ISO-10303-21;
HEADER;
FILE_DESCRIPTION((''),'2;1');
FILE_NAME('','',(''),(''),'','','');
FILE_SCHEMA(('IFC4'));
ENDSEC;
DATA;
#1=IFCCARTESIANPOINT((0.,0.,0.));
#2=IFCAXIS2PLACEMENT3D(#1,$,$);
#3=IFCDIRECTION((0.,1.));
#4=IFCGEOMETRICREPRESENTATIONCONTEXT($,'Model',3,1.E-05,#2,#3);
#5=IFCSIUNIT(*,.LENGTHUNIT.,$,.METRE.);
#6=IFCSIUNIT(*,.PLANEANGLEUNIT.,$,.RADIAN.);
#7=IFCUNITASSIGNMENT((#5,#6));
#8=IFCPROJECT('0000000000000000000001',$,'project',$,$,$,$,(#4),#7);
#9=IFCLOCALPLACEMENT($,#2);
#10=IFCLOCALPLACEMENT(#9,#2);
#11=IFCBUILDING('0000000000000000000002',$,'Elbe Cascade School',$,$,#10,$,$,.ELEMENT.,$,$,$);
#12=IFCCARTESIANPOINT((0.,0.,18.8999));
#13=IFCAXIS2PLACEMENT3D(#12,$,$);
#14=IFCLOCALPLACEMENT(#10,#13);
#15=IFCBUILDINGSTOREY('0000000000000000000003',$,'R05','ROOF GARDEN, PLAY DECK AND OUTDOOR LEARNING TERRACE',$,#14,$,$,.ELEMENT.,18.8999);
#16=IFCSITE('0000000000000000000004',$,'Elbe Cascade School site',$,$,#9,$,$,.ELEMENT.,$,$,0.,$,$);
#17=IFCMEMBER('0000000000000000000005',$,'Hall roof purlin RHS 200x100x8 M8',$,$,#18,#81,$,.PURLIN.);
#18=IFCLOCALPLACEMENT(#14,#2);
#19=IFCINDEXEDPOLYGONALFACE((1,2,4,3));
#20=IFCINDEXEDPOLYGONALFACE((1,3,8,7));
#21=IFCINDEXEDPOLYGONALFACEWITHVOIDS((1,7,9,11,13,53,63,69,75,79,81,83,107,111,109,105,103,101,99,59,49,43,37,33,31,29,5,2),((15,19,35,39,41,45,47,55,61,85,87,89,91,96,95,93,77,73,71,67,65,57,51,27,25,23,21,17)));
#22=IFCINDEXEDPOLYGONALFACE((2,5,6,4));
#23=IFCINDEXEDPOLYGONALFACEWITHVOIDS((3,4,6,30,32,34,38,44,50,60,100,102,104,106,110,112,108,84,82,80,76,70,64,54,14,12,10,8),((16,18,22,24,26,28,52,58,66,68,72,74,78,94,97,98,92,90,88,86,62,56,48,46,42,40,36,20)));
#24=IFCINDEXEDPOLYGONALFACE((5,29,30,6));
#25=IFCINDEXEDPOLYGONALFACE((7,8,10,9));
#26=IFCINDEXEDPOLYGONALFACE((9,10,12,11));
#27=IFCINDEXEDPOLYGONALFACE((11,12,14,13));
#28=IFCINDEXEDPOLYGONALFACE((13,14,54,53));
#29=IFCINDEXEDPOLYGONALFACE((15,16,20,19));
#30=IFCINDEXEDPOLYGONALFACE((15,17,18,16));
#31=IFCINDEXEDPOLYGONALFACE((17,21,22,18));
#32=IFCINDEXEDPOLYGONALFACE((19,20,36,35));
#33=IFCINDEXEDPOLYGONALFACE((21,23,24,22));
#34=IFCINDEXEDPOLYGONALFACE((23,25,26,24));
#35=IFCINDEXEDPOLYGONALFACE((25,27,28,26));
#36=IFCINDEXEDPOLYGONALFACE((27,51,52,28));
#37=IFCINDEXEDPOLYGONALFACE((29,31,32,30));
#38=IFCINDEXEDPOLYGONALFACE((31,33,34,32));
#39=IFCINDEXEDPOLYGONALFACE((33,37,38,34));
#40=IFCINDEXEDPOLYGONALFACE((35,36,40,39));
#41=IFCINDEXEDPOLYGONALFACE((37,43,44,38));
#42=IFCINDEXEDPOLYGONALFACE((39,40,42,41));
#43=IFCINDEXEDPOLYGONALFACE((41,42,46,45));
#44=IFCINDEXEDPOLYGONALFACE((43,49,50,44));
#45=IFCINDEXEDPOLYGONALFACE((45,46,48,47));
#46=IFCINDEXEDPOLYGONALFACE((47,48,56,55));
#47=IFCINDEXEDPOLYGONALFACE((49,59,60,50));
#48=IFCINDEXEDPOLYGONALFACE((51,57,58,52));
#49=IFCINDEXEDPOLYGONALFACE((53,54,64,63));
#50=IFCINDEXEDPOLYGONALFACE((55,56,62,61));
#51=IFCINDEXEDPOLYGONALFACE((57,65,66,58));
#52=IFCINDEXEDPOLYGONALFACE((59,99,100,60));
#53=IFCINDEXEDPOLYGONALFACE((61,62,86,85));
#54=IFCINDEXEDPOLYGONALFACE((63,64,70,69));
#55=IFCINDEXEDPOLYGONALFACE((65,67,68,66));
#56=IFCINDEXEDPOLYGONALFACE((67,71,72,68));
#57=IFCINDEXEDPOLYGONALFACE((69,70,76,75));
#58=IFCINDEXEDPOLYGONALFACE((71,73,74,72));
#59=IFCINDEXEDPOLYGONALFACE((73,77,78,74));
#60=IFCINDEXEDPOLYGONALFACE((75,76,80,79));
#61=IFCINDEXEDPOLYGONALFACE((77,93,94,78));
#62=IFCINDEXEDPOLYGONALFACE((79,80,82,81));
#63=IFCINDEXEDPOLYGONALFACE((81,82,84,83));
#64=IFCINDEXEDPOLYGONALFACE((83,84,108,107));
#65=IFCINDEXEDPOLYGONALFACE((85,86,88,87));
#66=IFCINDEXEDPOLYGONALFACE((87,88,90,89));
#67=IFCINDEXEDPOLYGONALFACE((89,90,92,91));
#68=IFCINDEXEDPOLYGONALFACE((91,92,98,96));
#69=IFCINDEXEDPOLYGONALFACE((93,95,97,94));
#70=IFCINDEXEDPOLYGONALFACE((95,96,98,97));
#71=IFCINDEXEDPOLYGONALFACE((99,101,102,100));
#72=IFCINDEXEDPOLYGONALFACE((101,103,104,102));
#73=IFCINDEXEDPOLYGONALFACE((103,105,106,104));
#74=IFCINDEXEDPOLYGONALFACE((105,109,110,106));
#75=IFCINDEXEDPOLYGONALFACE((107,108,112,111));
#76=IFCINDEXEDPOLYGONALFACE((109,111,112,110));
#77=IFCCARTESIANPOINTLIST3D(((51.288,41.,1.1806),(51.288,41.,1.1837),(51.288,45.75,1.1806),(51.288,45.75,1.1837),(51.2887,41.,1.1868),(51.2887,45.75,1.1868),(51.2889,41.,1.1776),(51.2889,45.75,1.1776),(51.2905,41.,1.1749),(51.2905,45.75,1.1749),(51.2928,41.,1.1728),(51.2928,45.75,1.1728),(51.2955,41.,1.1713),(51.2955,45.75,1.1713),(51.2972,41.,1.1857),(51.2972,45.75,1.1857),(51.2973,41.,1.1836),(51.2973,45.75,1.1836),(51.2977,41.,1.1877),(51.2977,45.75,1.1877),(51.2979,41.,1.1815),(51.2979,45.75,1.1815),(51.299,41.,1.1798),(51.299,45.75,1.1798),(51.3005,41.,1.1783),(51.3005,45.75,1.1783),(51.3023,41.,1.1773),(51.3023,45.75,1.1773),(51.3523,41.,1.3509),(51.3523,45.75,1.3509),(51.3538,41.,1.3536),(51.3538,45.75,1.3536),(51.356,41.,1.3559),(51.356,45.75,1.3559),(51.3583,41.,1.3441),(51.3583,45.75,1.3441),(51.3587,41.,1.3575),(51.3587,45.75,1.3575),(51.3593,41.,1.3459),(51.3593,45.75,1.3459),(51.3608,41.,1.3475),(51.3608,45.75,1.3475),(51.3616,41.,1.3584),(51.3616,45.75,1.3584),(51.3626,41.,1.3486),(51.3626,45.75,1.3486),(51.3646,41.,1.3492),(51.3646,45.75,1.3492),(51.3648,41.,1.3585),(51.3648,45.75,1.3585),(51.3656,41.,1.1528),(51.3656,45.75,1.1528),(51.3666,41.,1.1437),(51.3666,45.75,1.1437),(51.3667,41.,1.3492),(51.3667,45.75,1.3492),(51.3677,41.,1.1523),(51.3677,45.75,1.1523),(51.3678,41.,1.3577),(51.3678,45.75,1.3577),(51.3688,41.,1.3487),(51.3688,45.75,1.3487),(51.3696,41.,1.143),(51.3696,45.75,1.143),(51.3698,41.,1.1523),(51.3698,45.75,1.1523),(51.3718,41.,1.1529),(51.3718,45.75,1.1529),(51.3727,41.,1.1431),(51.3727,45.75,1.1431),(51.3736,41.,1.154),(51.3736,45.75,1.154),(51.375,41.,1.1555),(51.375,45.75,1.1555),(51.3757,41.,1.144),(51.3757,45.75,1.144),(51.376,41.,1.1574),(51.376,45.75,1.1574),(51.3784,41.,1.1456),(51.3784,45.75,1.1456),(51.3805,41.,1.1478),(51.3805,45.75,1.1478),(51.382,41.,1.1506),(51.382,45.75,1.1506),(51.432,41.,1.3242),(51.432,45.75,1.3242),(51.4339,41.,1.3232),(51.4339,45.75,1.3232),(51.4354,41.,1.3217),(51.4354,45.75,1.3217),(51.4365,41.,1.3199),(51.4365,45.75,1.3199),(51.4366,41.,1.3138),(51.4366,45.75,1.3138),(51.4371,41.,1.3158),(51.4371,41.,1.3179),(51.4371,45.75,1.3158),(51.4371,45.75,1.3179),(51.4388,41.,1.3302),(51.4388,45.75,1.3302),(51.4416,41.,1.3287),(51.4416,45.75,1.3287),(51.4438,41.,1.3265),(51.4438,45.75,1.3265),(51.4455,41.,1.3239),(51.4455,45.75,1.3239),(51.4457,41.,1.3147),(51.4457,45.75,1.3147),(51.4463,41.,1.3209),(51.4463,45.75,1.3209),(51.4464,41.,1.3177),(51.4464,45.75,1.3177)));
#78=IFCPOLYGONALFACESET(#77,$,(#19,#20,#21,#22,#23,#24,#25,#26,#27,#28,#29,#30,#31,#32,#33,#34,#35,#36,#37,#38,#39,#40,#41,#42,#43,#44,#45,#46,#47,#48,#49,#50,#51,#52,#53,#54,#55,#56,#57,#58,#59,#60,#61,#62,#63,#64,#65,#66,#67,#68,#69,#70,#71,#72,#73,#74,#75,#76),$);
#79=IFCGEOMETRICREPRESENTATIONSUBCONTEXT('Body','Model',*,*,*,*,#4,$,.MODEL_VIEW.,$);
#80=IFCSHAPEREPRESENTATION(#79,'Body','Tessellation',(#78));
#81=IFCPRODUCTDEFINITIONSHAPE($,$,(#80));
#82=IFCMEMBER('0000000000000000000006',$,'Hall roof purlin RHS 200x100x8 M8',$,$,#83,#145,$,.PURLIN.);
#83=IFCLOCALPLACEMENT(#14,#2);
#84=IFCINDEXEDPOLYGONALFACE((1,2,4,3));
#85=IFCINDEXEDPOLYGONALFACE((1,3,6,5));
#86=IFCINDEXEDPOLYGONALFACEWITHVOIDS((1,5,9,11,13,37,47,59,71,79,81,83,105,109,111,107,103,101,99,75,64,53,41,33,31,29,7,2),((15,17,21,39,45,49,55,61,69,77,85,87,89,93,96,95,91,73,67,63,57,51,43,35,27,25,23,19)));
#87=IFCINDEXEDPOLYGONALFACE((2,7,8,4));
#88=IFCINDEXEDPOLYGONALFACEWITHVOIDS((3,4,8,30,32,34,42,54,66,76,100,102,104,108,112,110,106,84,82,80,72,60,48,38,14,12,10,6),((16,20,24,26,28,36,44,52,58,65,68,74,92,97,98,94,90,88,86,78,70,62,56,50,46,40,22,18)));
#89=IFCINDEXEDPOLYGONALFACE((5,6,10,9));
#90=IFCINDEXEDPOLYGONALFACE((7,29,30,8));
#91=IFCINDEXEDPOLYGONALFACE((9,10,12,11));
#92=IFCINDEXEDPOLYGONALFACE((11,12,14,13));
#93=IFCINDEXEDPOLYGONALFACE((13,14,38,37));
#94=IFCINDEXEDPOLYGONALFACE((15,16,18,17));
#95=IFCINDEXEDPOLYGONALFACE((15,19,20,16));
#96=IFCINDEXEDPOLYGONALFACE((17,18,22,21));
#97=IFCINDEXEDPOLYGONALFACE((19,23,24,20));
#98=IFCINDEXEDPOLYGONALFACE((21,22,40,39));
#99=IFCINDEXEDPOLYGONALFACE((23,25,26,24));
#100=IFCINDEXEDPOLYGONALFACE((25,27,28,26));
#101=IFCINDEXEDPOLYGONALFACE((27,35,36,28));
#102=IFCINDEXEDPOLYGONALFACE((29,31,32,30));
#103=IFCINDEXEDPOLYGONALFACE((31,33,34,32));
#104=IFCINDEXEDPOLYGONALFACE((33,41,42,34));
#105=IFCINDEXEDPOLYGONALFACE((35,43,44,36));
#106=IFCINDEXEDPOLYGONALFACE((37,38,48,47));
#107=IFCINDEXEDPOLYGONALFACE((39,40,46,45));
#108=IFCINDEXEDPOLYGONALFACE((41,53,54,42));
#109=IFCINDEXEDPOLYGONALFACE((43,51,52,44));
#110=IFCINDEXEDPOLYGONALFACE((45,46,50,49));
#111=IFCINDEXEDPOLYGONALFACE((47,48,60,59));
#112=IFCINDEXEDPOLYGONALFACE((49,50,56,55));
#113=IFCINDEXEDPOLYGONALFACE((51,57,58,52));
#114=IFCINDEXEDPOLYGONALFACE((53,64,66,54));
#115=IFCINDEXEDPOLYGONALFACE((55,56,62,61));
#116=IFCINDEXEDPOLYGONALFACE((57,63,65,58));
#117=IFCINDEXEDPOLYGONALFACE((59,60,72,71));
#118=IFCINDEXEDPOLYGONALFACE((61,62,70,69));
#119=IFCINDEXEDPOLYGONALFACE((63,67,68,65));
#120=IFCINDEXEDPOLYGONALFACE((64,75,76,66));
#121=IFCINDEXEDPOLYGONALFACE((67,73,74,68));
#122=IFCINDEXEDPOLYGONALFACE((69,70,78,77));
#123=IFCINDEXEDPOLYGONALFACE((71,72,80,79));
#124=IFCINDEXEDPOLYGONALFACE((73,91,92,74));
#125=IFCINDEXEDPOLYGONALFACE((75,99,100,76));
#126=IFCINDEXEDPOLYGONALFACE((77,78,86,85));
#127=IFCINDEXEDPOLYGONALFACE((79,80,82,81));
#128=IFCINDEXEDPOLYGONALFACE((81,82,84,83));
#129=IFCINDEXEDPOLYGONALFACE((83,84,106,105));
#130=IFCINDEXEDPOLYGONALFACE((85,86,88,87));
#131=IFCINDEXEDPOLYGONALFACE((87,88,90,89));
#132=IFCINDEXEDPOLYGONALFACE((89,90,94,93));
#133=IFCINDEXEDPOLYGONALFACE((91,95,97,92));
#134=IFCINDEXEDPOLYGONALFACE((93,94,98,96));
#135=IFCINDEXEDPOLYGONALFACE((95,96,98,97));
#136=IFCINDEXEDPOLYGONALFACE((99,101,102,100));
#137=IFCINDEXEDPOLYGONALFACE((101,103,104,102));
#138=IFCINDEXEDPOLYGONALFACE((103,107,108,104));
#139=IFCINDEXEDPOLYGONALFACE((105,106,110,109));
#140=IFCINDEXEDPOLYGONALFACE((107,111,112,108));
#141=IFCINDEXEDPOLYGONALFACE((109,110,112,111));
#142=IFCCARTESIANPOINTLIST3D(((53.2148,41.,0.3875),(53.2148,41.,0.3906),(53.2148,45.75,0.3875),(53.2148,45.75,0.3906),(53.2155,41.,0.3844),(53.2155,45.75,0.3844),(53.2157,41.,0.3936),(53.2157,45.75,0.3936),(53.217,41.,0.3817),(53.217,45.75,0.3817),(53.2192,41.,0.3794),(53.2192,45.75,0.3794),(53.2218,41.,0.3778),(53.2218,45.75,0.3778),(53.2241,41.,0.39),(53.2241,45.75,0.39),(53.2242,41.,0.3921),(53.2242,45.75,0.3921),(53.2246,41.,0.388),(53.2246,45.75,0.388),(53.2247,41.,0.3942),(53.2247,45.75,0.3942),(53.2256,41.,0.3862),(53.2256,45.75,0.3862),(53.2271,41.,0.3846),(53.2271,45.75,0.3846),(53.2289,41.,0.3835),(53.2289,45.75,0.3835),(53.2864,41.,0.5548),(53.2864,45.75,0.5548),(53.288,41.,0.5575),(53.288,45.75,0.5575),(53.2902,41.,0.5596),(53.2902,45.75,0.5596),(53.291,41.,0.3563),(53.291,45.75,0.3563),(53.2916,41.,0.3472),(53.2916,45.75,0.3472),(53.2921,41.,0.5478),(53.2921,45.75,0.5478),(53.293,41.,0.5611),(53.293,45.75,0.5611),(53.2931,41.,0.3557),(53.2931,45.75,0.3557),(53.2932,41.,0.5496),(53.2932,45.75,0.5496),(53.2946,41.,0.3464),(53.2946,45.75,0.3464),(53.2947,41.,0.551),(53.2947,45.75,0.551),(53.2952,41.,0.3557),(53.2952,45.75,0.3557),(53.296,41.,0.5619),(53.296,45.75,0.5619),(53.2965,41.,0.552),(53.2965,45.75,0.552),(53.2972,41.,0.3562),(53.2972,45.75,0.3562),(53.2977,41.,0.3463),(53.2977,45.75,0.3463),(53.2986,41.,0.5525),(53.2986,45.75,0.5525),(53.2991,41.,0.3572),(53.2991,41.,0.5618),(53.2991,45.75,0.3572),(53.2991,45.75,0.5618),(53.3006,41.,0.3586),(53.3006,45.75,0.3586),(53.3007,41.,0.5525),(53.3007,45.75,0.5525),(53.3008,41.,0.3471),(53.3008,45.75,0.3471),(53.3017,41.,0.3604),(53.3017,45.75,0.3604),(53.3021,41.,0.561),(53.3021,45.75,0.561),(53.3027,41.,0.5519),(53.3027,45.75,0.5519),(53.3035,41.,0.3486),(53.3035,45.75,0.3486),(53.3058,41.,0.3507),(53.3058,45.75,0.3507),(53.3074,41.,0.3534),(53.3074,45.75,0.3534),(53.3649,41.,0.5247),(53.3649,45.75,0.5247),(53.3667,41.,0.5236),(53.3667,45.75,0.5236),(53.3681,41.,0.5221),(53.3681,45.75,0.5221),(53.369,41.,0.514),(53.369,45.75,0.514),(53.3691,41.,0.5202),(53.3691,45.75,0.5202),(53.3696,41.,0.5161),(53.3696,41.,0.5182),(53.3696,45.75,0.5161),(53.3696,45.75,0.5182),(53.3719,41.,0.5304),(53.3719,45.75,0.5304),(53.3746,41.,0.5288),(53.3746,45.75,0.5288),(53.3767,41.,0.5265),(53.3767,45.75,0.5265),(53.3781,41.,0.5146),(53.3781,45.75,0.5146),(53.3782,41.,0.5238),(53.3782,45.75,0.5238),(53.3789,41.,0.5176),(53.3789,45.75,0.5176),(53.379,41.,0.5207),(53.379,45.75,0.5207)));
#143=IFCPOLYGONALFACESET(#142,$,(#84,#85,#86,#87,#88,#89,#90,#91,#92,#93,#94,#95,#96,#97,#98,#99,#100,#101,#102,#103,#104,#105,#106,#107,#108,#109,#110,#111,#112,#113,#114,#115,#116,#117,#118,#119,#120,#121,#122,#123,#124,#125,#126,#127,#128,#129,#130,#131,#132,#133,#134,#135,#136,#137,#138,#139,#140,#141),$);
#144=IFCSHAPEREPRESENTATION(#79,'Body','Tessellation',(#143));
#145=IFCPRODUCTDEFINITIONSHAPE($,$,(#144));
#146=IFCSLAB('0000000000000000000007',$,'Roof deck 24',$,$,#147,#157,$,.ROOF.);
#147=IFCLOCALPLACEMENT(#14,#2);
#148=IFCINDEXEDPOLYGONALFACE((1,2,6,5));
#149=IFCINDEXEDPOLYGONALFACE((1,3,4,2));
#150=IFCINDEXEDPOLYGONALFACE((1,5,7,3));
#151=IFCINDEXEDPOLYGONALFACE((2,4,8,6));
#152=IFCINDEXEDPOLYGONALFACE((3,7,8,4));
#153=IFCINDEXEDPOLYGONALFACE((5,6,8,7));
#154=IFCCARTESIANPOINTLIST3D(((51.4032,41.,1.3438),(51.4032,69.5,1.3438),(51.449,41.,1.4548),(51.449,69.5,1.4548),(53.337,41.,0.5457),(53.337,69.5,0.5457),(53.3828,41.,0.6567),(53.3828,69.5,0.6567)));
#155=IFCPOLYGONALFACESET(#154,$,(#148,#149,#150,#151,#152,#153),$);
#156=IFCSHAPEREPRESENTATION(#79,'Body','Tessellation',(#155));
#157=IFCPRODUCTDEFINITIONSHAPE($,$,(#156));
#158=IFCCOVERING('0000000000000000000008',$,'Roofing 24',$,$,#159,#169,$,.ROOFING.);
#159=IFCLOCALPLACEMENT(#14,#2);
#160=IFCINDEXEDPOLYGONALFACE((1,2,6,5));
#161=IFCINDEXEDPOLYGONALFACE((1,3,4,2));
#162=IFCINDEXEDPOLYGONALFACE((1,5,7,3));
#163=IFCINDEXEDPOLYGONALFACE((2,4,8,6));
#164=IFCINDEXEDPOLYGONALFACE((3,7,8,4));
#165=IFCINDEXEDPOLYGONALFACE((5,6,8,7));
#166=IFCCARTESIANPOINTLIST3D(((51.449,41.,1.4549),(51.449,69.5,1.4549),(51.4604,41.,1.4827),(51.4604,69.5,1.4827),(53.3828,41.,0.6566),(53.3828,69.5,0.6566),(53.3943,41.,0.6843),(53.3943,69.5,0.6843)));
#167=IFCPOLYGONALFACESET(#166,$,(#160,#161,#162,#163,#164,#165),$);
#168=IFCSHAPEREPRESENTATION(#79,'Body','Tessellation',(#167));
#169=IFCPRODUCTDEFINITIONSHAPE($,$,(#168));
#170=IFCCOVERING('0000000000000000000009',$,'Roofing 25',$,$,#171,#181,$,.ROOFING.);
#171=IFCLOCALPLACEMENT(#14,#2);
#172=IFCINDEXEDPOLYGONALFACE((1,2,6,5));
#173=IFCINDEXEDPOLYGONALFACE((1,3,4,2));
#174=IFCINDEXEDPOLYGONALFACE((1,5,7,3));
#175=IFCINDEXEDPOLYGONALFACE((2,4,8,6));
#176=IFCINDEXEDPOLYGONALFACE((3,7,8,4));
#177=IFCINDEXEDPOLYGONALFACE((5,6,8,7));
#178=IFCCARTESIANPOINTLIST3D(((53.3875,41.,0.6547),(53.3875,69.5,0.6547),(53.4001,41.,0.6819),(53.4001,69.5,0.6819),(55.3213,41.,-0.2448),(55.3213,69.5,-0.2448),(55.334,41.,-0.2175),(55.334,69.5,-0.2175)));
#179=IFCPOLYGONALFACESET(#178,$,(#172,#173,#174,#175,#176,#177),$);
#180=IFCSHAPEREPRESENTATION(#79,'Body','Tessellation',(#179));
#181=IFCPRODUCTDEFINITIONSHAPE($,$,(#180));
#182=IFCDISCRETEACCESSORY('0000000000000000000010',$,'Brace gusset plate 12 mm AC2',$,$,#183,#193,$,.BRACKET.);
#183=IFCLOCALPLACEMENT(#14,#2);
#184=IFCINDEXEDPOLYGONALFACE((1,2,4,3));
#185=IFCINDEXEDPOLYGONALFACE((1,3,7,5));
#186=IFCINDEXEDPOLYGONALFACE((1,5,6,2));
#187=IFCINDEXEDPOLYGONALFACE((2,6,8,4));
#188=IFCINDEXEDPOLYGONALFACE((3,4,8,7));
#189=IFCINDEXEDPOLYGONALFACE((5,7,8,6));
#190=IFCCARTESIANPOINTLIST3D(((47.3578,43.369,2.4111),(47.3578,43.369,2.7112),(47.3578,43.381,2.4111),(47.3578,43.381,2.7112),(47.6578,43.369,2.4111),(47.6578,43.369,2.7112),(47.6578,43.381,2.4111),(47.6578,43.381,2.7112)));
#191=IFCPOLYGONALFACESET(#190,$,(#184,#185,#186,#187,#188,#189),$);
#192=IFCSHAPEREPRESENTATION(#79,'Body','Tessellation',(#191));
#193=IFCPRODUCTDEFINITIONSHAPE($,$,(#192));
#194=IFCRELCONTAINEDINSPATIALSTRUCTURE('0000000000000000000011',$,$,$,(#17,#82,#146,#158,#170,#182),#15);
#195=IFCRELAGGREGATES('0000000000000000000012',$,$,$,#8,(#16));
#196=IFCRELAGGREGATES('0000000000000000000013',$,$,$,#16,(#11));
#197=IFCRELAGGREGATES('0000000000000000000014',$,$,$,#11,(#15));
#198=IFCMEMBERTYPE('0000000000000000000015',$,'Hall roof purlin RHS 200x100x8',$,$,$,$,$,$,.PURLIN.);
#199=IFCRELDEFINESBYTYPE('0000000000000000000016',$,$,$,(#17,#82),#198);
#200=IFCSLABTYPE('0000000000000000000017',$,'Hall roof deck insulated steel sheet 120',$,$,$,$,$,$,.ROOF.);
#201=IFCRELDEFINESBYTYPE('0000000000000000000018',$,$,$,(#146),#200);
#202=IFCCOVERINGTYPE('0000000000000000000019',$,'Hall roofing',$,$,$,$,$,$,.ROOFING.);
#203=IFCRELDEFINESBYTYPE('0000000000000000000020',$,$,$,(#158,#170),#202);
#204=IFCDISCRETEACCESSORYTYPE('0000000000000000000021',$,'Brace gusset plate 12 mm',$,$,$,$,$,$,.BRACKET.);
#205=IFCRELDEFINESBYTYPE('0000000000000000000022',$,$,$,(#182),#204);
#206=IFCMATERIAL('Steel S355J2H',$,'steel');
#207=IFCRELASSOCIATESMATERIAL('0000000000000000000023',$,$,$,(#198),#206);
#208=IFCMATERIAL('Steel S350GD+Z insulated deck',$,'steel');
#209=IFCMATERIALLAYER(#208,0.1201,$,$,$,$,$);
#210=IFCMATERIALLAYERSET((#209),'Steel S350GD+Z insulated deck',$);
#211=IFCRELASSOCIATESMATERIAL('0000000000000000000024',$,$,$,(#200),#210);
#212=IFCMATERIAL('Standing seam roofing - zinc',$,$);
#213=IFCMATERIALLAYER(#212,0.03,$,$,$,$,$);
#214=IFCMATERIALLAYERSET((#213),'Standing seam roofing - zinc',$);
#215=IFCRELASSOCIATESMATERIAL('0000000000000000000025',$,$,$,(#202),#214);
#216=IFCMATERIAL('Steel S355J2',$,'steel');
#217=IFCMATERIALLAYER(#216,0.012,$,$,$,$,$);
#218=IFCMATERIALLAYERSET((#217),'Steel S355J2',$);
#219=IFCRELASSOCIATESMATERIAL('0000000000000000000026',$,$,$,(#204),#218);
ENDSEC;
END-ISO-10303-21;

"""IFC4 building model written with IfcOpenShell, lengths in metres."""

from ifc_helpers import new_model, si_unit, direction, frame, origin, origin_2d, place, context, subcontext, project, spatial, polyline, rectangle, hollow_rectangle, outline, extrude, material, layer, layer_set, material_profile, profile_set, type_object, element, save


model = new_model("IFC4")

# Units and contexts
model_context = context("Model", 3, precision=1e-05, world=origin(), true_north=direction((0.0, 1.0)))
body_context = subcontext(model_context, "Body", "Model", "MODEL_VIEW")
ifc_project = project(units=[si_unit("LENGTHUNIT", "METRE"), si_unit("PLANEANGLEUNIT", "RADIAN")], contexts=[model_context])

# Site, building, storey
site_placement = place(None, origin())
site = spatial("IfcSite", under=ifc_project, at=site_placement, Name="Elbe Cascade School site", CompositionType="ELEMENT", RefElevation=0.0)
building_placement = place(site_placement, origin())
building = spatial("IfcBuilding", under=site, at=building_placement, Name="Elbe Cascade School", CompositionType="ELEMENT")
storey_placement = place(building_placement, frame((0.0, 0.0, 18.8999)))
storey = spatial("IfcBuildingStorey", under=building, at=storey_placement, Name="R05", Description="ROOF GARDEN, PLAY DECK AND OUTDOOR LEARNING TERRACE", CompositionType="ELEMENT", Elevation=18.8999)

# Members
ifc_material_1 = material(Name="Steel S355J2H", Category="steel")
ifc_material_profile_1 = material_profile(ifc_material_1, hollow_rectangle(XDim=0.1001, YDim=0.2, WallThickness=0.0081, InnerFilletRadius=0.0081, OuterFilletRadius=0.012, at=origin_2d()), Name="RHS 200x100x8")
ifc_profile_set_1 = profile_set([ifc_material_profile_1], Name="Steel S355J2H")
member_type_1 = type_object("IfcMemberType", Name="Hall roof purlin RHS 200x100x8", PredefinedType="PURLIN", material=ifc_profile_set_1)
for number, where, z_axis, x_axis, name in (
    (1, (51.3672, 41.0, 1.2507), (0.0, 1.0, 0.0), (-0.932415, 0.0, 0.36139), "Hall roof purlin RHS 200x100x8 M8"),
    (2, (53.2969, 41.0, 0.4541), (0.0, 1.0, 0.0), (-0.91584, 0.0, 0.401544), "Hall roof purlin RHS 200x100x8 M8"),
):
    element("IfcMember", number, at=place(storey_placement, frame(where, z_axis=z_axis, x_axis=x_axis)), inside=storey, type_object=member_type_1, Name=name, PredefinedType="PURLIN", context=body_context, shape_type="SweptSolid", body=[
        extrude(hollow_rectangle(XDim=0.1001, YDim=0.2, WallThickness=0.0081, InnerFilletRadius=0.0081, OuterFilletRadius=0.012, at=origin_2d()), origin(), (0.0, 0.0, 1.0), 4.75),
    ])

# Slab
ifc_material_2 = material(Name="Steel S350GD+Z insulated deck", Category="steel")
ifc_layer_1 = layer(ifc_material_2, 0.1201)
ifc_layer_set_1 = layer_set([ifc_layer_1], Name="Steel S350GD+Z insulated deck")
slab_type = type_object("IfcSlabType", Name="Hall roof deck insulated steel sheet 120", PredefinedType="ROOF", material=ifc_layer_set_1)
slab_placement = place(storey_placement, frame((51.449, 41.0, 1.4548), z_axis=(0.381489, 0.0, 0.924373), x_axis=(0.924373, 0.0, -0.381489)))
element("IfcSlab", 3, at=slab_placement, inside=storey, type_object=slab_type, Name="Roof deck 24", PredefinedType="ROOF", context=body_context, shape_type="SweptSolid", body=[
    extrude(outline(polyline([(0.0, 0.0), (2.0921, 0.0), (2.0921, 28.5), (0.0, 28.5), (0.0, 0.0)])), origin(), (0.0, 0.0, -1.0), 0.1201),
])

# Coverings
ifc_material_3 = material(Name="Standing seam roofing - zinc")
ifc_layer_2 = layer(ifc_material_3, 0.03)
ifc_layer_set_2 = layer_set([ifc_layer_2], Name="Standing seam roofing - zinc")
covering_type = type_object("IfcCoveringType", Name="Hall roofing", PredefinedType="ROOFING", material=ifc_layer_set_2)
covering_1_placement = place(storey_placement, frame((51.4604, 41.0, 1.4827), z_axis=(0.381589, 0.0, 0.924332), x_axis=(0.924332, 0.0, -0.381589)))
element("IfcCovering", 4, at=covering_1_placement, inside=storey, type_object=covering_type, Name="Roofing 24", PredefinedType="ROOFING", context=body_context, shape_type="SweptSolid", body=[
    extrude(outline(polyline([(0.0, 0.0), (2.0921, 0.0), (2.0921, 28.5), (0.0, 28.5), (0.0, 0.0)])), origin(), (0.0, 0.0, -1.0), 0.03),
])
covering_2_placement = place(storey_placement, frame((53.4001, 41.0, 0.6819), z_axis=(0.421713, 0.0, 0.906729), x_axis=(0.906729, 0.0, -0.421713)))
element("IfcCovering", 5, at=covering_2_placement, inside=storey, type_object=covering_type, Name="Roofing 25", PredefinedType="ROOFING", context=body_context, shape_type="SweptSolid", body=[
    extrude(outline(polyline([(0.0, 0.0), (2.1328, 0.0), (2.1328, 28.5), (0.0, 28.5), (0.0, 0.0)])), origin(), (0.0, 0.0, -1.0), 0.03),
])

# Discrete accessory
ifc_material_4 = material(Name="Steel S355J2", Category="steel")
ifc_layer_3 = layer(ifc_material_4, 0.012)
ifc_layer_set_3 = layer_set([ifc_layer_3], Name="Steel S355J2")
discrete_accessory_type_1 = type_object("IfcDiscreteAccessoryType", Name="Brace gusset plate 12 mm", PredefinedType="BRACKET", material=ifc_layer_set_3)
for number, where, z_axis, x_axis, name in (
    (6, (47.5078, 43.375, 2.4111), (0.0, 0.0, 1.0), (1.0, 0.0, 0.0), "Brace gusset plate 12 mm AC2"),
):
    element("IfcDiscreteAccessory", number, at=place(storey_placement, frame(where, z_axis=z_axis, x_axis=x_axis)), inside=storey, type_object=discrete_accessory_type_1, Name=name, PredefinedType="BRACKET", context=body_context, shape_type="SweptSolid", body=[
        extrude(rectangle(XDim=0.3, YDim=0.012, at=origin_2d()), origin(), (0.0, 0.0, 1.0), 0.3),
    ])

save(model, "model.ifc")
